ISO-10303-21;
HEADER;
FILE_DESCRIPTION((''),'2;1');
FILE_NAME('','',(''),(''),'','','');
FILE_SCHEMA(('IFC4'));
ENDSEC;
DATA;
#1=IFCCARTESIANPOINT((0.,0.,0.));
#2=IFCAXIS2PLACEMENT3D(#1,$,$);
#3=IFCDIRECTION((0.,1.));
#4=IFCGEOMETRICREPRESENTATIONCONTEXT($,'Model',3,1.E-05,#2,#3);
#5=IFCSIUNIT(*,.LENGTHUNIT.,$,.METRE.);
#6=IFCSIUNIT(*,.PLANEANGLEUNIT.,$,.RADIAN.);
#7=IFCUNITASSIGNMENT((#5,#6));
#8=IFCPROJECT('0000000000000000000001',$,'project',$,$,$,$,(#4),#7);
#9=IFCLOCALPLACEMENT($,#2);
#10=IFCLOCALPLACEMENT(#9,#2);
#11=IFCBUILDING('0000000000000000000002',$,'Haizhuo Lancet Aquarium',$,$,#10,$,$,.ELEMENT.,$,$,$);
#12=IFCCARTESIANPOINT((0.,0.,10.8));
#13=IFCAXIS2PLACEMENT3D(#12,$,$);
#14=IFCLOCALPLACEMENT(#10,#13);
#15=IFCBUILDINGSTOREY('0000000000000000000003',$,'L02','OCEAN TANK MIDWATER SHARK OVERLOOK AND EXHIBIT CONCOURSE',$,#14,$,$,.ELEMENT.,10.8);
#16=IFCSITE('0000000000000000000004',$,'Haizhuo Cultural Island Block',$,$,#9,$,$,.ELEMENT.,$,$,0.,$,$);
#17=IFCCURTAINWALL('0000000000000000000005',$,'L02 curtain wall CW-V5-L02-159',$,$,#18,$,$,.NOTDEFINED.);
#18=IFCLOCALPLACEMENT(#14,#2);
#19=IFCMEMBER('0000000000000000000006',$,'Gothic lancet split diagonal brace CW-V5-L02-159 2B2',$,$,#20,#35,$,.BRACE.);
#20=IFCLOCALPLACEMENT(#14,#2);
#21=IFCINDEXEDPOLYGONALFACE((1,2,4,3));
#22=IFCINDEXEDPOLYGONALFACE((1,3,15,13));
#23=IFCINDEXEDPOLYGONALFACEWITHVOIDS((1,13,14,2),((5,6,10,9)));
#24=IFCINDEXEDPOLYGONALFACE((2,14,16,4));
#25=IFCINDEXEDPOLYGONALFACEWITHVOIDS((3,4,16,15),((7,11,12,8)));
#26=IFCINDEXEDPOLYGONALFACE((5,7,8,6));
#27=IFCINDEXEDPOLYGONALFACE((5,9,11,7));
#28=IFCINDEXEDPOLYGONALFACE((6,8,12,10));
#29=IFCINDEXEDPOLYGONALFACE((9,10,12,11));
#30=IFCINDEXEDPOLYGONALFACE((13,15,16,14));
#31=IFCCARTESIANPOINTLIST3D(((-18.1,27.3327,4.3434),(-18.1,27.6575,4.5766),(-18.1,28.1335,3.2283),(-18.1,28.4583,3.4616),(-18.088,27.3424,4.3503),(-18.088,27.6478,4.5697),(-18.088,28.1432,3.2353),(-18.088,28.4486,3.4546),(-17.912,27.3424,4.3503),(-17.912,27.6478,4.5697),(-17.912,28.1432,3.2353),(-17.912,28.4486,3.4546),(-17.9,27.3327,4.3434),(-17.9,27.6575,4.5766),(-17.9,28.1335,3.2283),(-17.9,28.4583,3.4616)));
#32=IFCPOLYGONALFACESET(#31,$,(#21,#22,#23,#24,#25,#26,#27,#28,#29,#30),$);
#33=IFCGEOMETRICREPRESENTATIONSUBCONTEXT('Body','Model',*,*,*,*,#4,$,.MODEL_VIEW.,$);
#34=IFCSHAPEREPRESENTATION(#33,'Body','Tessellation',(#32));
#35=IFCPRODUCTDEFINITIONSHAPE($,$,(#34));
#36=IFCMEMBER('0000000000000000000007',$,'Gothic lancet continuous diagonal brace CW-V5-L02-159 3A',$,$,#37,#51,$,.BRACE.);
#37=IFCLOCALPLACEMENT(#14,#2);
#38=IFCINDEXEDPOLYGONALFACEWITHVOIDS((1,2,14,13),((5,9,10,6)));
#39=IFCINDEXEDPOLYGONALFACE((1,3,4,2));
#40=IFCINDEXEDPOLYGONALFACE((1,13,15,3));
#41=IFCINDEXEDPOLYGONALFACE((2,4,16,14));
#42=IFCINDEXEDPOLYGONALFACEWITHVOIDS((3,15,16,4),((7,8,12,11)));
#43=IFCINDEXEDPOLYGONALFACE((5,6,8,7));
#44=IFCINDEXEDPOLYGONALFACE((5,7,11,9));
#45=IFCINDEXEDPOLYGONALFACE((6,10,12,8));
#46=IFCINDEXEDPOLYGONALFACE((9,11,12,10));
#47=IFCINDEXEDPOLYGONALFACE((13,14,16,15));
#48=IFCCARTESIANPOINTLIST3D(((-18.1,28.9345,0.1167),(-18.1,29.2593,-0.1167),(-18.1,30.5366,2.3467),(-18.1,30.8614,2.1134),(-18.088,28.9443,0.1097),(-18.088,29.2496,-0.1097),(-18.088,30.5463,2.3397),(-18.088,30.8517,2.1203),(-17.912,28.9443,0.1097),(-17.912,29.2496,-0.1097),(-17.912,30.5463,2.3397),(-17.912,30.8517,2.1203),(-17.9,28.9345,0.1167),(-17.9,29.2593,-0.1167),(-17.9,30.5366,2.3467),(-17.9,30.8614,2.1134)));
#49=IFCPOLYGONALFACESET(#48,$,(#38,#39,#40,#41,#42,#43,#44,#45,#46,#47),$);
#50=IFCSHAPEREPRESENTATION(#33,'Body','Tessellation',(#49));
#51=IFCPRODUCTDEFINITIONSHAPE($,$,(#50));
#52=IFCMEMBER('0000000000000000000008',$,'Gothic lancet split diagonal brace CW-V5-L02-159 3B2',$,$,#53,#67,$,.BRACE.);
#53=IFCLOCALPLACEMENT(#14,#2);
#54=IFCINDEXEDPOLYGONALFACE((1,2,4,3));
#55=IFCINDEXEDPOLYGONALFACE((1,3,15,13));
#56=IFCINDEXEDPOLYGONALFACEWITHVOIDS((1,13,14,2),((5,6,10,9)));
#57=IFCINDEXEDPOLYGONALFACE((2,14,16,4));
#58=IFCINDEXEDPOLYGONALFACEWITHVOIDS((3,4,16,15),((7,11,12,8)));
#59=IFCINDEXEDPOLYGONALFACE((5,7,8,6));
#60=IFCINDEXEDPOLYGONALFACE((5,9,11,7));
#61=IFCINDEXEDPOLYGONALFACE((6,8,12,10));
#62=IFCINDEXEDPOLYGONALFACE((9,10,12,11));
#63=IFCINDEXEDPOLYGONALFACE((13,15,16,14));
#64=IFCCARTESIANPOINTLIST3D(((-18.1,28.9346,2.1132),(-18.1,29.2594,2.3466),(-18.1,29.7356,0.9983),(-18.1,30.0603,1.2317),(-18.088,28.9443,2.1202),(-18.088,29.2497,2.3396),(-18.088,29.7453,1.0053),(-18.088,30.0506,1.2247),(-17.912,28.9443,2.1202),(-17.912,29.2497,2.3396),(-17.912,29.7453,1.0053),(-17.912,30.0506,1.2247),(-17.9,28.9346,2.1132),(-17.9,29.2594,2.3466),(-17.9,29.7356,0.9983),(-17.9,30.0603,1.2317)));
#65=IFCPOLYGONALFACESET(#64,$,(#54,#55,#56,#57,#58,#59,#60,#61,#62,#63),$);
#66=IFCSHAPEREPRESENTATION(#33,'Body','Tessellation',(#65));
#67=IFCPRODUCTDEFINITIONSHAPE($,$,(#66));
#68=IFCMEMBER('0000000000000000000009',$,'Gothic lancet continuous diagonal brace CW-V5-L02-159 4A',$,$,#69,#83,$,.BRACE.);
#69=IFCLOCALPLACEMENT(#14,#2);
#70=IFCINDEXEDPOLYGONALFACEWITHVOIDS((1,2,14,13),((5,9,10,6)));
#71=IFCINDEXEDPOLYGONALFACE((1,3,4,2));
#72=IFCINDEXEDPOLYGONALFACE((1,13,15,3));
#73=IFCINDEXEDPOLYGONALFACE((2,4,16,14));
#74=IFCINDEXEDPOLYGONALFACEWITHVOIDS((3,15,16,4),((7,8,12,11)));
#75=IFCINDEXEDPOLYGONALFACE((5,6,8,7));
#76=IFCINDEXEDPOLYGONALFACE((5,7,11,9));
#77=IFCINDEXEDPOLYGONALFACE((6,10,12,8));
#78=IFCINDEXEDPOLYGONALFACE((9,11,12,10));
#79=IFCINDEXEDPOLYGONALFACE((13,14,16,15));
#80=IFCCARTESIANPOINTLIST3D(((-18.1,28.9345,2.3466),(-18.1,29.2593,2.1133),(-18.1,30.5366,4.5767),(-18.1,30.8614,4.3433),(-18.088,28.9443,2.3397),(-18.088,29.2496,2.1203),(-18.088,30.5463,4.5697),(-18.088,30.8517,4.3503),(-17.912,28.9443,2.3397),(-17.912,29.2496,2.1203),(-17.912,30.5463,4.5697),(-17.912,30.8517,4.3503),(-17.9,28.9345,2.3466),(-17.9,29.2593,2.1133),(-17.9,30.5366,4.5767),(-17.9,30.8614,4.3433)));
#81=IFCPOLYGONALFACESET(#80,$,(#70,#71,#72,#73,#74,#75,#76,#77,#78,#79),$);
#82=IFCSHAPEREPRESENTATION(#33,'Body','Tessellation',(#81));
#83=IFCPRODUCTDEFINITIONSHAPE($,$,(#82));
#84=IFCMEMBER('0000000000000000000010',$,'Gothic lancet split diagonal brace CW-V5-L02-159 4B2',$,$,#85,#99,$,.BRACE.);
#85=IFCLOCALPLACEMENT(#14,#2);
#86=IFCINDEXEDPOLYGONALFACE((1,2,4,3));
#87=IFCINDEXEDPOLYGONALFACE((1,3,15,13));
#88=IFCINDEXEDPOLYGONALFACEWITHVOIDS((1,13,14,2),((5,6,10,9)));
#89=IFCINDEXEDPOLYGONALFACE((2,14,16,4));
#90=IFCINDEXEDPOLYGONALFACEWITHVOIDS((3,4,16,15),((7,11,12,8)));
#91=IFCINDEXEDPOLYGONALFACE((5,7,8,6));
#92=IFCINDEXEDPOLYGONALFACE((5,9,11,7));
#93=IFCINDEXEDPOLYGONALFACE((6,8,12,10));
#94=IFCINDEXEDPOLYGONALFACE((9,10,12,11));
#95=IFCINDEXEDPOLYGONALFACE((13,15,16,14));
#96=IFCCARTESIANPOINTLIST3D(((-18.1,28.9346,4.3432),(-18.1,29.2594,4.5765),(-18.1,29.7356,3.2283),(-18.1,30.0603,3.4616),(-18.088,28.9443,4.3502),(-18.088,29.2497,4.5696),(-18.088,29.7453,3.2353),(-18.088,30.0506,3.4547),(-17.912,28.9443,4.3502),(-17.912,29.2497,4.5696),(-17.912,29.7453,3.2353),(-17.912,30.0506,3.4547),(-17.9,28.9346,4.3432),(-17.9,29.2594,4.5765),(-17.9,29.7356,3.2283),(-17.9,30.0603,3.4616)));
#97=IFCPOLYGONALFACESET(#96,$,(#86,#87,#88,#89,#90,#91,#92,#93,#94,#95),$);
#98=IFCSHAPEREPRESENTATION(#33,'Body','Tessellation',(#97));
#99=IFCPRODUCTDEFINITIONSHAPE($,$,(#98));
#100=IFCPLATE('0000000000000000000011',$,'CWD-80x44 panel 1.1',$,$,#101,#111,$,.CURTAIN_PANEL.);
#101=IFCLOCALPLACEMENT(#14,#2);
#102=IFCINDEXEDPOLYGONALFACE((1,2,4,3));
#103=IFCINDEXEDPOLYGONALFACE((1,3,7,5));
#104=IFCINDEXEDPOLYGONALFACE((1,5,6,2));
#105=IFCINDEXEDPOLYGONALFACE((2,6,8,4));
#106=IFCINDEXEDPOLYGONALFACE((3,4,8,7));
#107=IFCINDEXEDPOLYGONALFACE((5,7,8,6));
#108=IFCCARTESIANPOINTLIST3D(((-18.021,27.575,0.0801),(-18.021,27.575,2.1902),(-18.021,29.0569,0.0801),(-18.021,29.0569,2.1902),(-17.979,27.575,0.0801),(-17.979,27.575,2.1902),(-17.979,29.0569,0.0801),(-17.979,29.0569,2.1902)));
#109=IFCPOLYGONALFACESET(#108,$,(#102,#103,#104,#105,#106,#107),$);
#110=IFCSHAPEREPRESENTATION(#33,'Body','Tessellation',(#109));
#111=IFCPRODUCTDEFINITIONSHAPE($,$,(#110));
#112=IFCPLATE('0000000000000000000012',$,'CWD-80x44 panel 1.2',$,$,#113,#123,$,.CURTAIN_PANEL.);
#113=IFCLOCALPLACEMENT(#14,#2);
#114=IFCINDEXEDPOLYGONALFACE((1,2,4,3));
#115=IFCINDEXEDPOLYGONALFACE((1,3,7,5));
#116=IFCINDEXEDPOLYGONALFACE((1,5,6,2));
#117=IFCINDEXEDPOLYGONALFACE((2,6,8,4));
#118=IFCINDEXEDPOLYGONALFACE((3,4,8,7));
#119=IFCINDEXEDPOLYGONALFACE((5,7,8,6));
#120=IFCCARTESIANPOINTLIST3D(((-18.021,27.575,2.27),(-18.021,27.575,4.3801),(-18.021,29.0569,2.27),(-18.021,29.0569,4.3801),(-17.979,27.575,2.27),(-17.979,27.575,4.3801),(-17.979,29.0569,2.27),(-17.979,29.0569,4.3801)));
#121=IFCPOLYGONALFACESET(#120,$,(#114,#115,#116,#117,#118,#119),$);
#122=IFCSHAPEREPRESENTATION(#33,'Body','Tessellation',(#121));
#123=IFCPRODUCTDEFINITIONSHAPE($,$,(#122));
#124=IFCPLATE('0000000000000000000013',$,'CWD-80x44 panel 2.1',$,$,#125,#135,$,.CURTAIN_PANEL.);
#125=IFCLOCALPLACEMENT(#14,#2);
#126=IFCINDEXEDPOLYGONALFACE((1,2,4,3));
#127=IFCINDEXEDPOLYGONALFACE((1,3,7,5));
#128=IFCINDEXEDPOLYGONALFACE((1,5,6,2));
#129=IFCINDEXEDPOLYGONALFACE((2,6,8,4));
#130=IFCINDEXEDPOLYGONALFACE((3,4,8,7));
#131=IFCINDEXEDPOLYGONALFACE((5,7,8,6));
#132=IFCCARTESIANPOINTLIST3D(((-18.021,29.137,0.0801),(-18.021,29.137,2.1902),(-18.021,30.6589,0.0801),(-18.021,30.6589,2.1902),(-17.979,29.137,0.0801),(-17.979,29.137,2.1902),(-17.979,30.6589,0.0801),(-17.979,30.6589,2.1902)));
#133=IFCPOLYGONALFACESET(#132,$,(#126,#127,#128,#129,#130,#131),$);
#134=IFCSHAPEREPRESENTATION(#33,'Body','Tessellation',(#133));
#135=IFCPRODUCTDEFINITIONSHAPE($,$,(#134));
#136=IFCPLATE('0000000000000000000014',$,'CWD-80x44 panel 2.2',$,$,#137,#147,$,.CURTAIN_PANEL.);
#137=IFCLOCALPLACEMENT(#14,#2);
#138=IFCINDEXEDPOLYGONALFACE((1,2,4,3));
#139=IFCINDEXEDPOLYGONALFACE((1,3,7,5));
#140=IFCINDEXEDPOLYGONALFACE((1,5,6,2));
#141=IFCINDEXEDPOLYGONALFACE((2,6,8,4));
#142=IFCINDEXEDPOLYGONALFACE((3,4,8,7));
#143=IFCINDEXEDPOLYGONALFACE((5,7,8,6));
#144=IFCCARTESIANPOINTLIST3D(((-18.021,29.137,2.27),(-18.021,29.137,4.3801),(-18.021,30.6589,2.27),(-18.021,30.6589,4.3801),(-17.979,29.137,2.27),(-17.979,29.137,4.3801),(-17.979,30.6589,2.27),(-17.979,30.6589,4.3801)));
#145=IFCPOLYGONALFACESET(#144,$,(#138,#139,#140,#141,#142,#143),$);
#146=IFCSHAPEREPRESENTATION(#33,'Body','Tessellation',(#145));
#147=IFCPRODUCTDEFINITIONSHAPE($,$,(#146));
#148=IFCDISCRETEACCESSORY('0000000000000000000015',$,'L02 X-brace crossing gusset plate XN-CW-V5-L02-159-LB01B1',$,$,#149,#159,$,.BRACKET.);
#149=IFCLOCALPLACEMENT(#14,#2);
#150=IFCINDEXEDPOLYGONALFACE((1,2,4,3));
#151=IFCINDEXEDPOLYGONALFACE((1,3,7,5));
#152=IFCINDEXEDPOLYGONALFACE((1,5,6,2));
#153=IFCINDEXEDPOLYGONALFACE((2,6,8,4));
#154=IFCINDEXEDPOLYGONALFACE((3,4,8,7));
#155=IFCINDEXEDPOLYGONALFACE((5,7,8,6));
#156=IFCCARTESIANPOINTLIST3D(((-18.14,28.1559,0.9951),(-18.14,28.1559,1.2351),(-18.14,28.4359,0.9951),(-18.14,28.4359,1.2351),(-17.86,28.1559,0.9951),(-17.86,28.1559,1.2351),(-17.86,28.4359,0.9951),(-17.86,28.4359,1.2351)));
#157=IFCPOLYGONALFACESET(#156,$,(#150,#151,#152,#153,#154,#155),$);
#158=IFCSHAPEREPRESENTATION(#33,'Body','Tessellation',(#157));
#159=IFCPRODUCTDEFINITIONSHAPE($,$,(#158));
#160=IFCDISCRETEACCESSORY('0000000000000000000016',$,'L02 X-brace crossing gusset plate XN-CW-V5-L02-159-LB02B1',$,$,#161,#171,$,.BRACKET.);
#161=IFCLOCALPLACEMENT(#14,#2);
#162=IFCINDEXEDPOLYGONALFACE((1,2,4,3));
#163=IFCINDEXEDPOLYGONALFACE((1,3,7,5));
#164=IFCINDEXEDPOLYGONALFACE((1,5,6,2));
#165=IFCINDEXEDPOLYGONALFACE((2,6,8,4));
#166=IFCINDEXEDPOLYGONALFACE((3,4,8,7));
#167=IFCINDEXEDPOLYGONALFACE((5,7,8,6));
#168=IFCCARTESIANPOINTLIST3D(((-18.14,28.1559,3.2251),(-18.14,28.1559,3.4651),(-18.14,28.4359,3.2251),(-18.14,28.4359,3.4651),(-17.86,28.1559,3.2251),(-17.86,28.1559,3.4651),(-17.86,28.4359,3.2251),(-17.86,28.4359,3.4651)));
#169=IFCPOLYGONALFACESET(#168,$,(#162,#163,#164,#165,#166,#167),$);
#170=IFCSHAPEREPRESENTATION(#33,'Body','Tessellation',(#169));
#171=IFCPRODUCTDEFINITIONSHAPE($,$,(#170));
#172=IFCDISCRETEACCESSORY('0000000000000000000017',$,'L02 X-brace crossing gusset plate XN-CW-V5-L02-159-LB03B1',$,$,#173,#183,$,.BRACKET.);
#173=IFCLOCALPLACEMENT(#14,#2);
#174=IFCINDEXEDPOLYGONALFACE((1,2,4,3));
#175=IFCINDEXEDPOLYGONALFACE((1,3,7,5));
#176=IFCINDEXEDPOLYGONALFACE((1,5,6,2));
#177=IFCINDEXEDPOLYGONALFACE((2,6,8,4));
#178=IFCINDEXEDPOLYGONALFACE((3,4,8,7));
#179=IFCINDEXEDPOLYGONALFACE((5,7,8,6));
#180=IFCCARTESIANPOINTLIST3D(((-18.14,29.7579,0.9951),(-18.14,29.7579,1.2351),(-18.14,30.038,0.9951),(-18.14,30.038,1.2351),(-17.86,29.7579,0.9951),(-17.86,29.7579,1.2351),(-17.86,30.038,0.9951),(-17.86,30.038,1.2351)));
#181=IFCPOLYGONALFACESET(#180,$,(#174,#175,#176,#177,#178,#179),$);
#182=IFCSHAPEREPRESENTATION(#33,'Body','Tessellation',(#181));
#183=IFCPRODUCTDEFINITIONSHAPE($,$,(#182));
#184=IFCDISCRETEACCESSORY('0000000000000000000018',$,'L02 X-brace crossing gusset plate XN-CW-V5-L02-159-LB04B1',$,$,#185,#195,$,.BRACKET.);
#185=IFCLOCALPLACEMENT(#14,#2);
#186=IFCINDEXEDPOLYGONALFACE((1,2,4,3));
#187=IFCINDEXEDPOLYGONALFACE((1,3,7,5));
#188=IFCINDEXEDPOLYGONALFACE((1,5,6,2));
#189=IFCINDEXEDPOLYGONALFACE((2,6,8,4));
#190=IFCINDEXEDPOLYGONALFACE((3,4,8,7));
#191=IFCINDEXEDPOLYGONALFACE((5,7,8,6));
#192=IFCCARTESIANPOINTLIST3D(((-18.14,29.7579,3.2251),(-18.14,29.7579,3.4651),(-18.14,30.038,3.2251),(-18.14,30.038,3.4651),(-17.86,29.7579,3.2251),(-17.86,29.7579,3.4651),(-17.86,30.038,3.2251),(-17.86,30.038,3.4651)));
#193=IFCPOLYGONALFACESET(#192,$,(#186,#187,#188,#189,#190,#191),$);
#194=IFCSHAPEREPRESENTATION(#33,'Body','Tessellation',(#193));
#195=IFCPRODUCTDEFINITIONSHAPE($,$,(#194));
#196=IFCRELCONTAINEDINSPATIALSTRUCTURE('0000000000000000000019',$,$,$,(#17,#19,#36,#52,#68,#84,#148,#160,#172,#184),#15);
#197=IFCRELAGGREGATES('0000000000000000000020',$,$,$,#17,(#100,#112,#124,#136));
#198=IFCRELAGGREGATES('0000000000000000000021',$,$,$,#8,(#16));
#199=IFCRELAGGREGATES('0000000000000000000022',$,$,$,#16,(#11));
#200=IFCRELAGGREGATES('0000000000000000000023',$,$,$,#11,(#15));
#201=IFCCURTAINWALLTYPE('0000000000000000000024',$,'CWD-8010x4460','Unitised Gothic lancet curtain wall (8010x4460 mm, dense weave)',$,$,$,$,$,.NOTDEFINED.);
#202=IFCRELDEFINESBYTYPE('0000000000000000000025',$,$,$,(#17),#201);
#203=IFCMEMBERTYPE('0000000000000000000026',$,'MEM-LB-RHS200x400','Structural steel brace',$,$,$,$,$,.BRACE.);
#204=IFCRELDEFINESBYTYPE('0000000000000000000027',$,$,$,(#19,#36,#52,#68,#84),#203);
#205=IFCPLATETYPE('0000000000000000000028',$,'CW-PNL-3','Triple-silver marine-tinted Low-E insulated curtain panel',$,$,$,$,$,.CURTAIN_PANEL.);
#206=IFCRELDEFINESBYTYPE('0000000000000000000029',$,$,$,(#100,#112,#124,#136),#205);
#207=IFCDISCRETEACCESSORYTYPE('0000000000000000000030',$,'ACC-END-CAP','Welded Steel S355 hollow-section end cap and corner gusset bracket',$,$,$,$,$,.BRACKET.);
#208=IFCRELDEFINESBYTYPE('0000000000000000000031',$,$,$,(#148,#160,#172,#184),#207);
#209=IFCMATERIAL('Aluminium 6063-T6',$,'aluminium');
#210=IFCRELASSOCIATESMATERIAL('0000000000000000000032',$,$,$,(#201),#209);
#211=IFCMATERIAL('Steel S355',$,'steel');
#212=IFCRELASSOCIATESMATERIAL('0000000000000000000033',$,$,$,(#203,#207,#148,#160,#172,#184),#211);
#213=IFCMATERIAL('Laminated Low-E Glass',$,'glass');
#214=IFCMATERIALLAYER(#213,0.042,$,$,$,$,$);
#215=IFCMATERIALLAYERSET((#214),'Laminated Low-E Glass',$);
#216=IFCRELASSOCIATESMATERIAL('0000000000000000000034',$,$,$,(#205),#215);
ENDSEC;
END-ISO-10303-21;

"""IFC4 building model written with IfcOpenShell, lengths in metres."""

from ifc_helpers import new_model, si_unit, direction, frame, origin, origin_2d, place, context, subcontext, project, spatial, rectangle, hollow_rectangle, extrude, material, layer, layer_set, material_profile, profile_set, type_object, element, aggregate, save


model = new_model("IFC4")

# Units and contexts
model_context = context("Model", 3, precision=1e-05, world=origin(), true_north=direction((0.0, 1.0)))
body_context = subcontext(model_context, "Body", "Model", "MODEL_VIEW")
ifc_project = project(units=[si_unit("LENGTHUNIT", "METRE"), si_unit("PLANEANGLEUNIT", "RADIAN")], contexts=[model_context])

# Site, building, storey
site_placement = place(None, origin())
site = spatial("IfcSite", under=ifc_project, at=site_placement, Name="Haizhuo Cultural Island Block", CompositionType="ELEMENT", RefElevation=0.0)
building_placement = place(site_placement, origin())
building = spatial("IfcBuilding", under=site, at=building_placement, Name="Haizhuo Lancet Aquarium", CompositionType="ELEMENT")
storey_placement = place(building_placement, frame((0.0, 0.0, 10.8)))
storey = spatial("IfcBuildingStorey", under=building, at=storey_placement, Name="L02", Description="OCEAN TANK MIDWATER SHARK OVERLOOK AND EXHIBIT CONCOURSE", CompositionType="ELEMENT", Elevation=10.8)

# Curtain wall
ifc_material_1 = material(Name="Aluminium 6063-T6", Category="aluminium")
curtain_wall_type = type_object("IfcCurtainWallType", Name="CWD-8010x4460", Description="Unitised Gothic lancet curtain wall (8010x4460 mm, dense weave)", PredefinedType="NOTDEFINED", material=ifc_material_1)
curtain_wall_placement = place(storey_placement, origin())
curtain_wall = element("IfcCurtainWall", 1, at=curtain_wall_placement, inside=storey, type_object=curtain_wall_type, Name="L02 curtain wall CW-V5-L02-159", PredefinedType="NOTDEFINED")

# Members
ifc_material_2 = material(Name="Steel S355", Category="steel")
ifc_material_profile_1 = material_profile(ifc_material_2, hollow_rectangle(XDim=0.2, YDim=0.3999, WallThickness=0.012, at=origin_2d()), Name="RHS 200x400x12")
ifc_profile_set_1 = profile_set([ifc_material_profile_1], Name="Steel S355")
member_type_1 = type_object("IfcMemberType", Name="MEM-LB-RHS200x400", Description="Structural steel brace", PredefinedType="BRACE", material=ifc_profile_set_1)
for number, where, z_axis, x_axis, name in (
    (2, (-18.0, 28.2959, 3.345), (0.0, -0.583339, 0.812229), (1.0, 0.0, 0.0), "Gothic lancet split diagonal brace CW-V5-L02-159 2B2"),
):
    element("IfcMember", number, at=place(storey_placement, frame(where, z_axis=z_axis, x_axis=x_axis)), inside=storey, type_object=member_type_1, Name=name, PredefinedType="BRACE", context=body_context, shape_type="SweptSolid", body=[
        extrude(hollow_rectangle(XDim=0.2, YDim=0.3999, WallThickness=0.012, at=origin_2d()), origin(), (0.0, 0.0, 1.0), 1.3728),
    ])
member_1_placement = place(storey_placement, frame((-18.0, 29.0969, 0.0), z_axis=(0.0, 0.583456, 0.812144), x_axis=(-1.0, 0.0, 0.0)))
element("IfcMember", 3, at=member_1_placement, inside=storey, type_object=member_type_1, Name="Gothic lancet continuous diagonal brace CW-V5-L02-159 3A", PredefinedType="BRACE", context=body_context, shape_type="SweptSolid", body=[
    extrude(hollow_rectangle(XDim=0.2, YDim=0.3999, WallThickness=0.012, at=origin_2d()), origin(), (0.0, 0.0, 1.0), 2.7458),
])
member_2_placement = place(storey_placement, frame((-18.0, 29.8979, 1.115), z_axis=(0.0, -0.583456, 0.812144), x_axis=(1.0, 0.0, 0.0)))
element("IfcMember", 4, at=member_2_placement, inside=storey, type_object=member_type_1, Name="Gothic lancet split diagonal brace CW-V5-L02-159 3B2", PredefinedType="BRACE", context=body_context, shape_type="SweptSolid", body=[
    extrude(hollow_rectangle(XDim=0.2, YDim=0.3999, WallThickness=0.012, at=origin_2d()), origin(), (0.0, 0.0, 1.0), 1.3728),
])
member_3_placement = place(storey_placement, frame((-18.0, 29.0969, 2.23), z_axis=(0.0, 0.583456, 0.812144), x_axis=(-1.0, 0.0, 0.0)))
element("IfcMember", 5, at=member_3_placement, inside=storey, type_object=member_type_1, Name="Gothic lancet continuous diagonal brace CW-V5-L02-159 4A", PredefinedType="BRACE", context=body_context, shape_type="SweptSolid", body=[
    extrude(hollow_rectangle(XDim=0.2, YDim=0.3999, WallThickness=0.012, at=origin_2d()), origin(), (0.0, 0.0, 1.0), 2.7458),
])
member_4_placement = place(storey_placement, frame((-18.0, 29.8979, 3.345), z_axis=(0.0, -0.583456, 0.812144), x_axis=(1.0, 0.0, 0.0)))
element("IfcMember", 6, at=member_4_placement, inside=storey, type_object=member_type_1, Name="Gothic lancet split diagonal brace CW-V5-L02-159 4B2", PredefinedType="BRACE", context=body_context, shape_type="SweptSolid", body=[
    extrude(hollow_rectangle(XDim=0.2, YDim=0.3999, WallThickness=0.012, at=origin_2d()), origin(), (0.0, 0.0, 1.0), 1.3728),
])

# Plates
ifc_material_3 = material(Name="Laminated Low-E Glass", Category="glass")
ifc_layer = layer(ifc_material_3, 0.042)
ifc_layer_set = layer_set([ifc_layer], Name="Laminated Low-E Glass")
plate_type = type_object("IfcPlateType", Name="CW-PNL-3", Description="Triple-silver marine-tinted Low-E insulated curtain panel", PredefinedType="CURTAIN_PANEL", material=ifc_layer_set)
plate_1_placement = place(storey_placement, frame((-18.0, 28.3159, 0.0801), z_axis=(0.0, 0.0, 1.0), x_axis=(0.0, 1.0, 0.0)))
plate_1 = element("IfcPlate", 7, at=plate_1_placement, type_object=plate_type, Name="CWD-80x44 panel 1.1", PredefinedType="CURTAIN_PANEL", context=body_context, shape_type="SweptSolid", body=[
    extrude(rectangle(XDim=1.4819, YDim=0.042, at=origin_2d()), origin(), (0.0, 0.0, 1.0), 2.1101),
])
plate_2_placement = place(storey_placement, frame((-18.0, 28.3159, 2.27), z_axis=(0.0, 0.0, 1.0), x_axis=(0.0, 1.0, 0.0)))
plate_2 = element("IfcPlate", 8, at=plate_2_placement, type_object=plate_type, Name="CWD-80x44 panel 1.2", PredefinedType="CURTAIN_PANEL", context=body_context, shape_type="SweptSolid", body=[
    extrude(rectangle(XDim=1.4819, YDim=0.042, at=origin_2d()), origin(), (0.0, 0.0, 1.0), 2.1101),
])
plate_3_placement = place(storey_placement, frame((-18.0, 29.8979, 0.0801), z_axis=(0.0, 0.0, 1.0), x_axis=(0.0, 1.0, 0.0)))
plate_3 = element("IfcPlate", 9, at=plate_3_placement, type_object=plate_type, Name="CWD-80x44 panel 2.1", PredefinedType="CURTAIN_PANEL", context=body_context, shape_type="SweptSolid", body=[
    extrude(rectangle(XDim=1.522, YDim=0.042, at=origin_2d()), origin(), (0.0, 0.0, 1.0), 2.1101),
])
plate_4_placement = place(storey_placement, frame((-18.0, 29.8979, 2.27), z_axis=(0.0, 0.0, 1.0), x_axis=(0.0, 1.0, 0.0)))
plate_4 = element("IfcPlate", 10, at=plate_4_placement, type_object=plate_type, Name="CWD-80x44 panel 2.2", PredefinedType="CURTAIN_PANEL", context=body_context, shape_type="SweptSolid", body=[
    extrude(rectangle(XDim=1.522, YDim=0.042, at=origin_2d()), origin(), (0.0, 0.0, 1.0), 2.1101),
])
aggregate(curtain_wall, [plate_1, plate_2, plate_3, plate_4])

# Discrete accessories
discrete_accessory_type = type_object("IfcDiscreteAccessoryType", Name="ACC-END-CAP", Description="Welded Steel S355 hollow-section end cap and corner gusset bracket", PredefinedType="BRACKET", material=ifc_material_2)
for number, where, z_axis, x_axis, name in (
    (11, (-18.0, 28.2959, 0.9951), (0.0, 0.0, 1.0), (1.0, 0.0, 0.0), "L02 X-brace crossing gusset plate XN-CW-V5-L02-159-LB01B1"),
    (12, (-18.0, 28.2959, 3.2251), (0.0, 0.0, 1.0), (1.0, 0.0, 0.0), "L02 X-brace crossing gusset plate XN-CW-V5-L02-159-LB02B1"),
    (13, (-18.0, 29.8979, 0.9951), (0.0, 0.0, 1.0), (1.0, 0.0, 0.0), "L02 X-brace crossing gusset plate XN-CW-V5-L02-159-LB03B1"),
    (14, (-18.0, 29.8979, 3.2251), (0.0, 0.0, 1.0), (1.0, 0.0, 0.0), "L02 X-brace crossing gusset plate XN-CW-V5-L02-159-LB04B1"),
):
    element("IfcDiscreteAccessory", number, at=place(storey_placement, frame(where, z_axis=z_axis, x_axis=x_axis)), inside=storey, type_object=discrete_accessory_type, material=ifc_material_2, Name=name, PredefinedType="BRACKET", context=body_context, shape_type="SweptSolid", body=[
        extrude(rectangle(XDim=0.28, YDim=0.28, at=origin_2d()), origin(), (0.0, 0.0, 1.0), 0.24),
    ])

save(model, "model.ifc")
